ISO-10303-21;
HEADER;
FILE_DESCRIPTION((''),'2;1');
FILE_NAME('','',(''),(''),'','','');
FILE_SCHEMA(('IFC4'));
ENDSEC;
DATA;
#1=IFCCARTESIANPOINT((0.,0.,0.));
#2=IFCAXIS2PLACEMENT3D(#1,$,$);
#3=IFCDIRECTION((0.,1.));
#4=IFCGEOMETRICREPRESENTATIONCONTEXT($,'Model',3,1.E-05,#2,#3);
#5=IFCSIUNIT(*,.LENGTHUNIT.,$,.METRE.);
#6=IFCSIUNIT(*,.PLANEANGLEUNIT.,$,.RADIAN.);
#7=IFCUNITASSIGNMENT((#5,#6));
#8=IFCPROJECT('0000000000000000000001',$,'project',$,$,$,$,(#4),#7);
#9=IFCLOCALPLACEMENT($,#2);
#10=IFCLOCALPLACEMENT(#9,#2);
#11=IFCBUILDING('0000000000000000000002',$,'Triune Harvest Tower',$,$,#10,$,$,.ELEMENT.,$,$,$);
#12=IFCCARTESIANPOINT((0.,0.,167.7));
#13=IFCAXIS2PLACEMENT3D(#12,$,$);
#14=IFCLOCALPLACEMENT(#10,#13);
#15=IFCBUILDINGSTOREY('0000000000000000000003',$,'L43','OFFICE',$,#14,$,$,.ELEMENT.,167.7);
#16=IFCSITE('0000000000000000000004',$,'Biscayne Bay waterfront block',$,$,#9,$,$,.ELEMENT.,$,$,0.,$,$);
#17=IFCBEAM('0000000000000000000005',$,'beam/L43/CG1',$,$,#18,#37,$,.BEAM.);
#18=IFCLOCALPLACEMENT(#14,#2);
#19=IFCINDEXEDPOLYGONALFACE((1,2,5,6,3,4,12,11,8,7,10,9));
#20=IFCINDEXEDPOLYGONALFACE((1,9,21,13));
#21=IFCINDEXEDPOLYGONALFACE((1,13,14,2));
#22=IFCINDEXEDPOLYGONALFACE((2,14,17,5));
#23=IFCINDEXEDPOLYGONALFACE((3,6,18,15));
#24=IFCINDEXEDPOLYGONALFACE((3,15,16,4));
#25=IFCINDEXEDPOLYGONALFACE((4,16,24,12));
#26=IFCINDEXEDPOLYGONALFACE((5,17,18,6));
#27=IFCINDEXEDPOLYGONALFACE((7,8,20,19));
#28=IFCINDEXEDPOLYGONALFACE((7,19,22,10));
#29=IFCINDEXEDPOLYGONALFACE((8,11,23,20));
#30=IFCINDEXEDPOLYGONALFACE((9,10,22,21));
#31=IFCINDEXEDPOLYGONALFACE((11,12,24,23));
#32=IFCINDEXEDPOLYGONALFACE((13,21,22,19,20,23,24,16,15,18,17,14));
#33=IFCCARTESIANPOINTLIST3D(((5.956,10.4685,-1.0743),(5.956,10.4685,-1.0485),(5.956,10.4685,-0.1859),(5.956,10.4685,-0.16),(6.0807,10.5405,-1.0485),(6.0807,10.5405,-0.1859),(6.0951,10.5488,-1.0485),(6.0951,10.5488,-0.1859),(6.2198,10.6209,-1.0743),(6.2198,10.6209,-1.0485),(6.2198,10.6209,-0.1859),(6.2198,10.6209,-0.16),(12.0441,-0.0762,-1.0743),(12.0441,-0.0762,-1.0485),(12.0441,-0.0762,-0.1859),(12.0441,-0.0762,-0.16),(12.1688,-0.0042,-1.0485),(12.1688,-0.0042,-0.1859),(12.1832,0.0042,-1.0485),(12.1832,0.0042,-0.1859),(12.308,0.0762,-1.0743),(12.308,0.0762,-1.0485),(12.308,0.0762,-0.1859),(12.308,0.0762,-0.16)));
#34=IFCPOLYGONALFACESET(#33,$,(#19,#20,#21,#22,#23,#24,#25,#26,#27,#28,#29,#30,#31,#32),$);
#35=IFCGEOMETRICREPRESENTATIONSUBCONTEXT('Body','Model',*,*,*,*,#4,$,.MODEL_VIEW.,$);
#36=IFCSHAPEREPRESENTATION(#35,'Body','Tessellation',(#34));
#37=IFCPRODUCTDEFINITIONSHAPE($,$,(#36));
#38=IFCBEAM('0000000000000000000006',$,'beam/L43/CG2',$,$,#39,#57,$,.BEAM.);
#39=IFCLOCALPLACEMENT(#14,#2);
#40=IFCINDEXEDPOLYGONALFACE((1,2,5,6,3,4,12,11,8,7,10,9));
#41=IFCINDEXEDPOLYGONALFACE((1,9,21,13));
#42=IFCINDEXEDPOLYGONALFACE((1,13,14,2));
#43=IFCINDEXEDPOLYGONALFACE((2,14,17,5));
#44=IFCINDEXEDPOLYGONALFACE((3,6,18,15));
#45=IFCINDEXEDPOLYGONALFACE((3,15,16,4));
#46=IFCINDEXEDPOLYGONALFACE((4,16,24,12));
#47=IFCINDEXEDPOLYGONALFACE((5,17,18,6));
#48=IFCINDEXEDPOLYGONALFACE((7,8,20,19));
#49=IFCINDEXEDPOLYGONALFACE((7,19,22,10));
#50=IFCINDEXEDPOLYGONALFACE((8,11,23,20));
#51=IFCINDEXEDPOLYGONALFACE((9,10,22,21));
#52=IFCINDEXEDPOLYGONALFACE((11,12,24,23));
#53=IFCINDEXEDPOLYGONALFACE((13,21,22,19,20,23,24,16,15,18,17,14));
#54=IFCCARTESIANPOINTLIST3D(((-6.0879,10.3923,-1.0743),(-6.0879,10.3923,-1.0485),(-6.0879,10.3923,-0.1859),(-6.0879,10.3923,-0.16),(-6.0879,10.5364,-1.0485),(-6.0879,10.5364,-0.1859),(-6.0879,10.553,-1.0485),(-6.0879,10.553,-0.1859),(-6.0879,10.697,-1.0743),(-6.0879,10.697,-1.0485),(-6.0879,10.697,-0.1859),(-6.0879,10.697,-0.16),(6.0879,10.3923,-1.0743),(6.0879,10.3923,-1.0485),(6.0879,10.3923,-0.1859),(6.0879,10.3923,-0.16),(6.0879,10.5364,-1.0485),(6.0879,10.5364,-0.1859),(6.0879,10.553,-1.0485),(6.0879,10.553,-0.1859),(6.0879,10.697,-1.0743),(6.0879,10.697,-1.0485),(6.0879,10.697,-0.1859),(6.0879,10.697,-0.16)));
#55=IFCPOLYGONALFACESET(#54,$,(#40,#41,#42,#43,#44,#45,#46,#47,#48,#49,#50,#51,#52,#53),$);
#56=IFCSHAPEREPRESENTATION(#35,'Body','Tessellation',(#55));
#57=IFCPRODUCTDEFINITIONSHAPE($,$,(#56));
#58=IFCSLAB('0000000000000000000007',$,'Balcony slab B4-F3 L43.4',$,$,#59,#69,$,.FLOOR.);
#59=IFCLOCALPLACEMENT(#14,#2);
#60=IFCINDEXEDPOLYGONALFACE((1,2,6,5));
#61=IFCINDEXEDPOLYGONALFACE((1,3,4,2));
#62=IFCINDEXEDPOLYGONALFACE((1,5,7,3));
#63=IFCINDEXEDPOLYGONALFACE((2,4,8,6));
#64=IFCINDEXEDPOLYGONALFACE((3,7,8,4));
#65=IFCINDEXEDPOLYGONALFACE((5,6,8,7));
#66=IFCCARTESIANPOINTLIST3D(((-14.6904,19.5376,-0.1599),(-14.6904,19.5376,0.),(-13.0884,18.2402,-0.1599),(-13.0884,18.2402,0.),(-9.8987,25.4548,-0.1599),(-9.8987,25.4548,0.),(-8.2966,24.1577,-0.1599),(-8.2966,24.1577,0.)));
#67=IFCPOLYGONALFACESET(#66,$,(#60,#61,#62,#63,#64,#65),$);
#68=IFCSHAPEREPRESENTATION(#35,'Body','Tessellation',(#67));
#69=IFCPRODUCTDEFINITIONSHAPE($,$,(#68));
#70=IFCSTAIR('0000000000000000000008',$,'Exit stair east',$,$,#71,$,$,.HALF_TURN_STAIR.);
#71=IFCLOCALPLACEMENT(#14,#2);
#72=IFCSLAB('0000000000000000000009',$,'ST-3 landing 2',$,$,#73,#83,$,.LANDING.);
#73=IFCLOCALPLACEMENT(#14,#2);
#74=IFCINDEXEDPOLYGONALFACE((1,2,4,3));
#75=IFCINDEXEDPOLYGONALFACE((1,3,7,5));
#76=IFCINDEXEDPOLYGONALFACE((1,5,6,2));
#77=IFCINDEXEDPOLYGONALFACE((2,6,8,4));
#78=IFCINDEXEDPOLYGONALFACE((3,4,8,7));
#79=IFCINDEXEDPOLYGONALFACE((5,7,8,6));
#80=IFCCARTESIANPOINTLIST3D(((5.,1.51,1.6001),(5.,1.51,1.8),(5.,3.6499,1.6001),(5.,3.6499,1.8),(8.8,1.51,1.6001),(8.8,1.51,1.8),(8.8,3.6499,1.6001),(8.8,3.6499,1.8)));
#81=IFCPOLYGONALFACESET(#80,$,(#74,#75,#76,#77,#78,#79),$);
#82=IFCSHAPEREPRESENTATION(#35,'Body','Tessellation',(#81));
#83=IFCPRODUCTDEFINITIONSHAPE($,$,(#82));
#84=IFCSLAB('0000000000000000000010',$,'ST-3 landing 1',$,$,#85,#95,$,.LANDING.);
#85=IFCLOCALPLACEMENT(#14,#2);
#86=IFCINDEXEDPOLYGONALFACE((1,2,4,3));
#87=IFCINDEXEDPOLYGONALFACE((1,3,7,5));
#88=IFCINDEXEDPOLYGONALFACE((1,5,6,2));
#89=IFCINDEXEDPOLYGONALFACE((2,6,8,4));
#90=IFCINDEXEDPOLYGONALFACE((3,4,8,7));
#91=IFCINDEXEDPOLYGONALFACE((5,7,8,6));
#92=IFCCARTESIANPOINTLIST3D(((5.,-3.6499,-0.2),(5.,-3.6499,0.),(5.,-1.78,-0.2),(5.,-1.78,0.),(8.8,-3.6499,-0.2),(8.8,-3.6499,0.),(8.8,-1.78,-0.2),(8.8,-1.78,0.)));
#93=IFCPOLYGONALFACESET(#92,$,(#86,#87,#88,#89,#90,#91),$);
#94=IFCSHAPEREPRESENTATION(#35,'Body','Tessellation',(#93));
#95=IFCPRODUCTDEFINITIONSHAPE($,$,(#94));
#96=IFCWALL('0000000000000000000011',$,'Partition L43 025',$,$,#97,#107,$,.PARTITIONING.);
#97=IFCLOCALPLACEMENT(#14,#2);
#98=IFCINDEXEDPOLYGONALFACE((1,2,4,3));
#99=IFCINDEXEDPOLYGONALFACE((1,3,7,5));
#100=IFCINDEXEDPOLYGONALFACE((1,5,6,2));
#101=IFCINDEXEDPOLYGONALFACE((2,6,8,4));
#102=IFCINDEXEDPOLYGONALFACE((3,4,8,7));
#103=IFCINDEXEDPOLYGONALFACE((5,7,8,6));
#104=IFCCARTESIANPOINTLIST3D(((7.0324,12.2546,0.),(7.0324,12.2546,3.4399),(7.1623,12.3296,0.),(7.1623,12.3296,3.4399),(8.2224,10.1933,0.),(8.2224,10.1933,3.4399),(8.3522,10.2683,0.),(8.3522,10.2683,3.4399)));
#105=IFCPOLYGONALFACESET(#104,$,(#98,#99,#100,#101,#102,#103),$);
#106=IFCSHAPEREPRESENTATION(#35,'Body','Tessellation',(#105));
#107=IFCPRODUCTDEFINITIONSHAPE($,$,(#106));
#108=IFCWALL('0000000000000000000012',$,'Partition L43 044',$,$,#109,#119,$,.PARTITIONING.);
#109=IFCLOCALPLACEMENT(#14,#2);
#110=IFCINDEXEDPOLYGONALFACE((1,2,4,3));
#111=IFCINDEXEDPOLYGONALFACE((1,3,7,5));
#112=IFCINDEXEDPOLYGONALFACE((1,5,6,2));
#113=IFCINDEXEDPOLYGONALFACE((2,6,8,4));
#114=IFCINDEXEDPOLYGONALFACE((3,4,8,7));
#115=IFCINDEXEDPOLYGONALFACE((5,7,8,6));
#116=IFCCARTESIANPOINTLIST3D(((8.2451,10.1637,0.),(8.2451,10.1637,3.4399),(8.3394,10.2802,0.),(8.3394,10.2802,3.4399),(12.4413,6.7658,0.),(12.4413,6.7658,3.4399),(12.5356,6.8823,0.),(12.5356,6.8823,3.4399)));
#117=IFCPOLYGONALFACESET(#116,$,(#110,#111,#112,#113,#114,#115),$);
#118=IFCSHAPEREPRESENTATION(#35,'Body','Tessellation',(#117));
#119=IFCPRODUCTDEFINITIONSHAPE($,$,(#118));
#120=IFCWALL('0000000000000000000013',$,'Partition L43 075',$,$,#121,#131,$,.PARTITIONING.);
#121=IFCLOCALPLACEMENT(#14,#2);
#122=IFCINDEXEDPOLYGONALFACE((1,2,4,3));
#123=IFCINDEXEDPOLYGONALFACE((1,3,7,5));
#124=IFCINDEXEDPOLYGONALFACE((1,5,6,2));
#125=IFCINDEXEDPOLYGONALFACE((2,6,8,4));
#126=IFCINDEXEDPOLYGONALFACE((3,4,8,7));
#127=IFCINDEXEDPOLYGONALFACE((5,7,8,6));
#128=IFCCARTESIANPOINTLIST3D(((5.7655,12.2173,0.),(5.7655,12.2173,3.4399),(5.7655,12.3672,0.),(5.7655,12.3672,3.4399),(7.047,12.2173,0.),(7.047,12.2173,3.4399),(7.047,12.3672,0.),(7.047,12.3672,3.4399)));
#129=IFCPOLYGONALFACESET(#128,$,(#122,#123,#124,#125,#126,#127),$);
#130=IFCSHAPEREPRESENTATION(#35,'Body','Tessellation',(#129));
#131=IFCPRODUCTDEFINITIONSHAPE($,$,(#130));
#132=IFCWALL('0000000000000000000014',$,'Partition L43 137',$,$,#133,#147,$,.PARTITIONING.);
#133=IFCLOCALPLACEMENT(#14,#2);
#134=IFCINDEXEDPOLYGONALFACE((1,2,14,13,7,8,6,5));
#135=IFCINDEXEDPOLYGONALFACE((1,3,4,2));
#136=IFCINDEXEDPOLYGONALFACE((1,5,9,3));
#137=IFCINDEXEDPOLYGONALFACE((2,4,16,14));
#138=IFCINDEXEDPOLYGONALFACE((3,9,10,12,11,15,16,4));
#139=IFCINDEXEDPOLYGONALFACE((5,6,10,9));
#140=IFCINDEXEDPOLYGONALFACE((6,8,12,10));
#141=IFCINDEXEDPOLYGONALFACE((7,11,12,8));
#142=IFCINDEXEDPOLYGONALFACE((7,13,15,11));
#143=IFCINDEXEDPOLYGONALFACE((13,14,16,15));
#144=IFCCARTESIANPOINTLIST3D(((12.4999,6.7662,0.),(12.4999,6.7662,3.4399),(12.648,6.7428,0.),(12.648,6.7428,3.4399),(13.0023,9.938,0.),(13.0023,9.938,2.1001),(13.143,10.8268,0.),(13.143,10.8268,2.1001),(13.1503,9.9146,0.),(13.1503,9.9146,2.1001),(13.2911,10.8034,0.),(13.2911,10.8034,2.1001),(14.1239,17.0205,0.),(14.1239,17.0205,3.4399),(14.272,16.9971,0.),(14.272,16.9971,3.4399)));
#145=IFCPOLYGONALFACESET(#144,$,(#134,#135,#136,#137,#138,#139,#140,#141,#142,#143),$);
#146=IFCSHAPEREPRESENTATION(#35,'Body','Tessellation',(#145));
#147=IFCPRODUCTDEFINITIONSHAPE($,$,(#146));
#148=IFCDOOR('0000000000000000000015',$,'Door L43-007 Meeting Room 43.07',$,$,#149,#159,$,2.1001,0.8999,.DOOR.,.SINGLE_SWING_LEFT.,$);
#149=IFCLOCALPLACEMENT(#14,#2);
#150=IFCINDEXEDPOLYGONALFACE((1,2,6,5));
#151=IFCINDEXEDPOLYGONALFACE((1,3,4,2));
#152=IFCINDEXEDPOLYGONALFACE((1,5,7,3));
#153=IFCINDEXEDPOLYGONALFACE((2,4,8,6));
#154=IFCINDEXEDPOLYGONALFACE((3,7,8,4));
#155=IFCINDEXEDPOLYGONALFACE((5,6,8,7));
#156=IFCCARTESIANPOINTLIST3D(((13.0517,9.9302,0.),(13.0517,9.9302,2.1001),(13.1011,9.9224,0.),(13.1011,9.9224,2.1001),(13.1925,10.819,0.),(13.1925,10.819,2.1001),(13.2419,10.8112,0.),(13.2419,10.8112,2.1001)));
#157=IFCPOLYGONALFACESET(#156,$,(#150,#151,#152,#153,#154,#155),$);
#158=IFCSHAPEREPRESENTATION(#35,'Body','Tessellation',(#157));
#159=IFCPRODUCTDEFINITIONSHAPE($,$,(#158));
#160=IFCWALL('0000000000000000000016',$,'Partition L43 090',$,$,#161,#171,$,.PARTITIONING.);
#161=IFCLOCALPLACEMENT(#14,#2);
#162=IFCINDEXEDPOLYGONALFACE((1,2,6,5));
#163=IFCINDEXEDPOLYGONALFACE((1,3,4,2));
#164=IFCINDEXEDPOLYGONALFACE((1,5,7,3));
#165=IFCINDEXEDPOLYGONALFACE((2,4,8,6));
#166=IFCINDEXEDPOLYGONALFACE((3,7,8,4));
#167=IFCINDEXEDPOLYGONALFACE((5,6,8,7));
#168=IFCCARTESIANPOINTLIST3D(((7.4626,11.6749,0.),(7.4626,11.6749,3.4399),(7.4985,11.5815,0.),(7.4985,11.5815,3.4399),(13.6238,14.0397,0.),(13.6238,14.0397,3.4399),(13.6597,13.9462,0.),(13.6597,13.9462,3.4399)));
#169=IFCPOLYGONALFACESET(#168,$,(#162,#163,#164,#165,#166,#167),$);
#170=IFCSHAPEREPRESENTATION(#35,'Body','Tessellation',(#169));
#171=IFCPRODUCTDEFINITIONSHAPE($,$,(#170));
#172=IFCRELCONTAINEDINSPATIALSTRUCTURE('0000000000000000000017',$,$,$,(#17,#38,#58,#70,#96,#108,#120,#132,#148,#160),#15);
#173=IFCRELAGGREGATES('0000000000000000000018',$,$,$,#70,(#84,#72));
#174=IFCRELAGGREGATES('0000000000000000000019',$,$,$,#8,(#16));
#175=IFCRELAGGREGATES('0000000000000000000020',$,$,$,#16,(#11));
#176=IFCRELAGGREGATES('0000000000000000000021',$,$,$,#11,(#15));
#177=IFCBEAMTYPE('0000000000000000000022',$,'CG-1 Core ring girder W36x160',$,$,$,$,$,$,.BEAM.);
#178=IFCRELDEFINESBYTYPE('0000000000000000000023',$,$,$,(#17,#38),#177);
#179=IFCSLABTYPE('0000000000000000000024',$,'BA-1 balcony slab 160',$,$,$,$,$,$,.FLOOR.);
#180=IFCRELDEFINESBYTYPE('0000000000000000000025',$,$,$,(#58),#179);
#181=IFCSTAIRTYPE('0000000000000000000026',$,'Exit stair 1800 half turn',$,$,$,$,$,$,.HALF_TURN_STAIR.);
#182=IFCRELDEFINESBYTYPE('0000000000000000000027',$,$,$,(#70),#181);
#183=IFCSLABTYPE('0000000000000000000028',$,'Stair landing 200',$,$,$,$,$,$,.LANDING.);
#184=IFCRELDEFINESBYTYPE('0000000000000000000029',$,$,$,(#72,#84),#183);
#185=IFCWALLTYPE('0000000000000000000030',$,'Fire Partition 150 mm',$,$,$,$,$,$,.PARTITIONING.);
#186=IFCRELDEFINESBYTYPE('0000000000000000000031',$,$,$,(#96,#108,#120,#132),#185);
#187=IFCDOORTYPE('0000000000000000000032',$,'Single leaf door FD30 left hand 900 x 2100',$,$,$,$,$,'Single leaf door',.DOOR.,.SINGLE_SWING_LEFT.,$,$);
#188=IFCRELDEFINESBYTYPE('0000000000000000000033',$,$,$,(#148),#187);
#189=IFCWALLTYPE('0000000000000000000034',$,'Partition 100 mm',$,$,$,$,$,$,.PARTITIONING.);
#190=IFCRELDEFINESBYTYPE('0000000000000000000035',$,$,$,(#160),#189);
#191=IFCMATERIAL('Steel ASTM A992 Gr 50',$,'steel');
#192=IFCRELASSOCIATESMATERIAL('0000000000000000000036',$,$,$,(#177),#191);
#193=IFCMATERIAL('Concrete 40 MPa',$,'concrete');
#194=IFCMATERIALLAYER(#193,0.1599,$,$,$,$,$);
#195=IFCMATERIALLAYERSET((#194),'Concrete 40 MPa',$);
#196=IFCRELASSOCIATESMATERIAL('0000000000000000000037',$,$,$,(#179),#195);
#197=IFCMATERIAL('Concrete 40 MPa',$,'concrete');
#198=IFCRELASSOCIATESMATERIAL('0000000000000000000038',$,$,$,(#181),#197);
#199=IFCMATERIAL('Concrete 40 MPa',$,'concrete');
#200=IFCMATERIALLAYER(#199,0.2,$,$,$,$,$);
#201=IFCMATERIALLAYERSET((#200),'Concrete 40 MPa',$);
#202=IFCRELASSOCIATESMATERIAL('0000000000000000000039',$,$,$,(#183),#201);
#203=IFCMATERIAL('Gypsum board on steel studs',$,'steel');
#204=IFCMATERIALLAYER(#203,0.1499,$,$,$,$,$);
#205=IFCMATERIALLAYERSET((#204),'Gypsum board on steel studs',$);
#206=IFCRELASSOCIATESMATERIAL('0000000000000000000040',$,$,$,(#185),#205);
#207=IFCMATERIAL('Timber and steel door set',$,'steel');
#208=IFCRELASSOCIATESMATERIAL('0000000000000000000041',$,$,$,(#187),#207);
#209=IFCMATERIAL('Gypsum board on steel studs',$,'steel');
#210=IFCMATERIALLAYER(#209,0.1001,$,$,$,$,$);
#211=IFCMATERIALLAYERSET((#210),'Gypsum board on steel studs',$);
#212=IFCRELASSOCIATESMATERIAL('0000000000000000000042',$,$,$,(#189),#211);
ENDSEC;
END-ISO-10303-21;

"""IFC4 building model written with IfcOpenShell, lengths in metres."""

from ifc_helpers import new_model, si_unit, direction, frame, frame_2d, origin, origin_2d, place, context, subcontext, project, spatial, polyline, rectangle, i_section, outline, extrude, source, transform, mapped, material, layer, layer_set, material_profile, profile_set, type_object, element, fill, aggregate, save


model = new_model("IFC4")

# Units and contexts
model_context = context("Model", 3, precision=1e-05, world=origin(), true_north=direction((0.0, 1.0)))
body_context = subcontext(model_context, "Body", "Model", "MODEL_VIEW")
ifc_project = project(units=[si_unit("LENGTHUNIT", "METRE"), si_unit("PLANEANGLEUNIT", "RADIAN")], contexts=[model_context])

# Site, building, storey
site_placement = place(None, origin())
site = spatial("IfcSite", under=ifc_project, at=site_placement, Name="Biscayne Bay waterfront block", CompositionType="ELEMENT", RefElevation=0.0)
building_placement = place(site_placement, origin())
building = spatial("IfcBuilding", under=site, at=building_placement, Name="Triune Harvest Tower", CompositionType="ELEMENT")
storey_placement = place(building_placement, frame((0.0, 0.0, 167.7)))
storey = spatial("IfcBuildingStorey", under=building, at=storey_placement, Name="L43", Description="OFFICE", CompositionType="ELEMENT", Elevation=167.7)

# Beams
ifc_material_1 = material(Name="Steel ASTM A992 Gr 50", Category="steel")
ifc_material_profile = material_profile(ifc_material_1, i_section(OverallWidth=0.3047, OverallDepth=0.9143, WebThickness=0.0166, FlangeThickness=0.0259, at=origin_2d()), Name="W36x160")
ifc_profile_set = profile_set([ifc_material_profile], Name="Steel ASTM A992 Gr 50")
beam_type = type_object("IfcBeamType", Name="CG-1 Core ring girder W36x160", PredefinedType="BEAM", material=ifc_profile_set)
shared_shape_1 = source(origin(), body_context, "Body", "SweptSolid", [
    extrude(i_section(OverallWidth=0.3047, OverallDepth=0.9143, WebThickness=0.0166, FlangeThickness=0.0259, at=origin_2d()), origin(), (0.0, 0.0, 1.0), 12.176),
])
beam_1_placement = place(storey_placement, frame((12.176, 0.0, -0.6172), z_axis=(-0.50001, 0.86602, 0.0), x_axis=(-0.86602, -0.50001, 0.0)))
element("IfcBeam", 1, at=beam_1_placement, inside=storey, type_object=beam_type, Name="beam/L43/CG1", PredefinedType="BEAM", context=body_context, shape_type="MappedRepresentation", body=[
    mapped(shared_shape_1, transform((0.0, 0.0, 0.0), scale=1.0)),
])
shared_shape_2 = source(origin(), body_context, "Body", "SweptSolid", [
    extrude(i_section(OverallWidth=0.3047, OverallDepth=0.9143, WebThickness=0.0166, FlangeThickness=0.0259, at=origin_2d()), origin(), (0.0, 0.0, 1.0), 12.1758),
])
beam_2_placement = place(storey_placement, frame((6.0879, 10.5447, -0.6172), z_axis=(-1.0, 0.0, 0.0), x_axis=(0.0, -1.0, 0.0)))
element("IfcBeam", 2, at=beam_2_placement, inside=storey, type_object=beam_type, Name="beam/L43/CG2", PredefinedType="BEAM", context=body_context, shape_type="MappedRepresentation", body=[
    mapped(shared_shape_2, transform((0.0, 0.0, 0.0), scale=1.0)),
])

# Slab
ifc_material_2 = material(Name="Concrete 40 MPa", Category="concrete")
ifc_layer_1 = layer(ifc_material_2, 0.1599)
ifc_layer_set_1 = layer_set([ifc_layer_1], Name="Concrete 40 MPa")
slab_type_1 = type_object("IfcSlabType", Name="BA-1 balcony slab 160", PredefinedType="FLOOR", material=ifc_layer_set_1)
slab_1_placement = place(storey_placement, frame((0.0, 0.0, -0.1599)))
element("IfcSlab", 3, at=slab_1_placement, inside=storey, type_object=slab_type_1, Name="Balcony slab B4-F3 L43.4", PredefinedType="FLOOR", context=body_context, shape_type="SweptSolid", body=[
    extrude(outline(polyline([(-8.2966, 24.1577), (-13.0884, 18.2402), (-14.6904, 19.5376), (-9.8987, 25.4548), (-8.2966, 24.1577)])), origin(), (0.0, 0.0, 1.0), 0.1599),
])

# Stair, slabs
ifc_material_3 = material(Name="Concrete 40 MPa", Category="concrete")
stair_type = type_object("IfcStairType", Name="Exit stair 1800 half turn", PredefinedType="HALF_TURN_STAIR", material=ifc_material_3)
stair_1_placement = place(storey_placement, origin())
stair_1 = element("IfcStair", 4, at=stair_1_placement, inside=storey, type_object=stair_type, Name="Exit stair east", PredefinedType="HALF_TURN_STAIR")
ifc_material_4 = material(Name="Concrete 40 MPa", Category="concrete")
ifc_layer_2 = layer(ifc_material_4, 0.2)
ifc_layer_set_2 = layer_set([ifc_layer_2], Name="Concrete 40 MPa")
slab_type_2 = type_object("IfcSlabType", Name="Stair landing 200", PredefinedType="LANDING", material=ifc_layer_set_2)
shared_shape_3 = source(origin(), body_context, "Body", "SweptSolid", [
    extrude(outline(polyline([(8.8, 1.51), (8.8, 3.6499), (5.0, 3.6499), (5.0, 1.51), (8.8, 1.51)])), origin(), (0.0, 0.0, 1.0), 0.2),
])
slab_2_placement = place(storey_placement, frame((0.0, 0.0, 1.6001)))
slab_2 = element("IfcSlab", 5, at=slab_2_placement, type_object=slab_type_2, Name="ST-3 landing 2", PredefinedType="LANDING", context=body_context, shape_type="MappedRepresentation", body=[
    mapped(shared_shape_3, transform((0.0, 0.0, 0.0), scale=1.0)),
])
shared_shape_4 = source(origin(), body_context, "Body", "SweptSolid", [
    extrude(outline(polyline([(8.8, -3.6499), (8.8, -1.78), (5.0, -1.78), (5.0, -3.6499), (8.8, -3.6499)])), origin(), (0.0, 0.0, 1.0), 0.2),
])
slab_3_placement = place(storey_placement, frame((0.0, 0.0, -0.2)))
slab_3 = element("IfcSlab", 6, at=slab_3_placement, type_object=slab_type_2, Name="ST-3 landing 1", PredefinedType="LANDING", context=body_context, shape_type="MappedRepresentation", body=[
    mapped(shared_shape_4, transform((0.0, 0.0, 0.0), scale=1.0)),
])

# Walls
ifc_material_5 = material(Name="Gypsum board on steel studs", Category="steel")
ifc_layer_3 = layer(ifc_material_5, 0.1499)
ifc_layer_set_3 = layer_set([ifc_layer_3], Name="Gypsum board on steel studs")
wall_type_1 = type_object("IfcWallType", Name="Fire Partition 150 mm", PredefinedType="PARTITIONING", material=ifc_layer_set_3)
wall_1_placement = place(storey_placement, frame((7.0974, 12.292, 0.0), z_axis=(0.0, 0.0, 1.0), x_axis=(0.499956, -0.866051, 0.0)))
element("IfcWall", 7, at=wall_1_placement, inside=storey, type_object=wall_type_1, Name="Partition L43 025", PredefinedType="PARTITIONING", context=body_context, shape_type="SweptSolid", body=[
    extrude(rectangle(XDim=2.3801, YDim=0.1499, at=frame_2d((1.1899, 0.0))), origin(), (0.0, 0.0, 1.0), 3.4399),
])
wall_2_placement = place(storey_placement, frame((8.2922, 10.2219, 0.0), z_axis=(0.0, 0.0, 1.0), x_axis=(0.777159, -0.629305, 0.0)))
element("IfcWall", 8, at=wall_2_placement, inside=storey, type_object=wall_type_1, Name="Partition L43 044", PredefinedType="PARTITIONING", context=body_context, shape_type="SweptSolid", body=[
    extrude(rectangle(XDim=5.3994, YDim=0.1499, at=frame_2d((2.6997, 0.0))), origin(), (0.0, 0.0, 1.0), 3.4399),
])
wall_3_placement = place(storey_placement, frame((5.7656, 12.2922, 0.0), z_axis=(0.0, 0.0, 1.0), x_axis=(1.0, 0.0, 0.0)))
element("IfcWall", 9, at=wall_3_placement, inside=storey, type_object=wall_type_1, Name="Partition L43 075", PredefinedType="PARTITIONING", context=body_context, shape_type="SweptSolid", body=[
    extrude(rectangle(XDim=1.2815, YDim=0.1499, at=frame_2d((0.6406, 0.0))), origin(), (0.0, 0.0, 1.0), 3.4399),
])

# Wall, opening, door
wall_4_placement = place(storey_placement, frame((12.574, 6.7546, 0.0), z_axis=(0.0, 0.0, 1.0), x_axis=(0.156424, 0.98769, 0.0)))
wall_4 = element("IfcWall", 10, at=wall_4_placement, inside=storey, type_object=wall_type_1, Name="Partition L43 137", PredefinedType="PARTITIONING", context=body_context, shape_type="SweptSolid", body=[
    extrude(rectangle(XDim=10.3821, YDim=0.1499, at=frame_2d((5.1909, 0.0))), origin(), (0.0, 0.0, 1.0), 3.4399),
])
opening_1_placement = place(wall_4_placement, frame((3.2112, 0.0, 0.0)))
opening_1 = element("IfcOpeningElement", 11, at=opening_1_placement, cuts=wall_4, PredefinedType="OPENING", context=body_context, shape_type="SweptSolid", body=[
    extrude(rectangle(XDim=0.8999, YDim=2.1001, at=frame_2d((0.45, 1.05))), frame((0.0, 0.085, 0.0), z_axis=(0.0, -1.0, 0.0), x_axis=(1.0, 0.0, 0.0)), (0.0, 0.0, 1.0), 0.1699),
])
ifc_material_6 = material(Name="Timber and steel door set", Category="steel")
door_type_1 = type_object("IfcDoorType", Name="Single leaf door FD30 left hand 900 x 2100", ElementType="Single leaf door", OperationType="SINGLE_SWING_LEFT", PredefinedType="DOOR", material=ifc_material_6)
door_1_placement = place(opening_1_placement, origin())
door_1 = element("IfcDoor", 12, at=door_1_placement, inside=storey, type_object=door_type_1, Name="Door L43-007 Meeting Room 43.07", OperationType="SINGLE_SWING_LEFT", OverallHeight=2.1001, OverallWidth=0.8999, PredefinedType="DOOR", context=body_context, shape_type="SweptSolid", body=[
    extrude(rectangle(XDim=0.8999, YDim=2.1001, at=frame_2d((0.45, 1.05))), frame((0.0, 0.0249, 0.0), z_axis=(0.0, -1.0, 0.0), x_axis=(1.0, 0.0, 0.0)), (0.0, 0.0, 1.0), 0.05),
])
fill(opening_1, door_1)

# Wall
ifc_material_7 = material(Name="Gypsum board on steel studs", Category="steel")
ifc_layer_4 = layer(ifc_material_7, 0.1001)
ifc_layer_set_4 = layer_set([ifc_layer_4], Name="Gypsum board on steel studs")
wall_type_2 = type_object("IfcWallType", Name="Partition 100 mm", PredefinedType="PARTITIONING", material=ifc_layer_set_4)
wall_5_placement = place(storey_placement, frame((7.4805, 11.6282, 0.0), z_axis=(0.0, 0.0, 1.0), x_axis=(0.933595, 0.358329, 0.0)))
element("IfcWall", 13, at=wall_5_placement, inside=storey, type_object=wall_type_2, Name="Partition L43 090", PredefinedType="PARTITIONING", context=body_context, shape_type="SweptSolid", body=[
    extrude(rectangle(XDim=6.5994, YDim=0.1001, at=frame_2d((3.2998, 0.0))), origin(), (0.0, 0.0, 1.0), 3.4399),
])

aggregate(stair_1, [slab_3, slab_2])

save(model, "model.ifc")
